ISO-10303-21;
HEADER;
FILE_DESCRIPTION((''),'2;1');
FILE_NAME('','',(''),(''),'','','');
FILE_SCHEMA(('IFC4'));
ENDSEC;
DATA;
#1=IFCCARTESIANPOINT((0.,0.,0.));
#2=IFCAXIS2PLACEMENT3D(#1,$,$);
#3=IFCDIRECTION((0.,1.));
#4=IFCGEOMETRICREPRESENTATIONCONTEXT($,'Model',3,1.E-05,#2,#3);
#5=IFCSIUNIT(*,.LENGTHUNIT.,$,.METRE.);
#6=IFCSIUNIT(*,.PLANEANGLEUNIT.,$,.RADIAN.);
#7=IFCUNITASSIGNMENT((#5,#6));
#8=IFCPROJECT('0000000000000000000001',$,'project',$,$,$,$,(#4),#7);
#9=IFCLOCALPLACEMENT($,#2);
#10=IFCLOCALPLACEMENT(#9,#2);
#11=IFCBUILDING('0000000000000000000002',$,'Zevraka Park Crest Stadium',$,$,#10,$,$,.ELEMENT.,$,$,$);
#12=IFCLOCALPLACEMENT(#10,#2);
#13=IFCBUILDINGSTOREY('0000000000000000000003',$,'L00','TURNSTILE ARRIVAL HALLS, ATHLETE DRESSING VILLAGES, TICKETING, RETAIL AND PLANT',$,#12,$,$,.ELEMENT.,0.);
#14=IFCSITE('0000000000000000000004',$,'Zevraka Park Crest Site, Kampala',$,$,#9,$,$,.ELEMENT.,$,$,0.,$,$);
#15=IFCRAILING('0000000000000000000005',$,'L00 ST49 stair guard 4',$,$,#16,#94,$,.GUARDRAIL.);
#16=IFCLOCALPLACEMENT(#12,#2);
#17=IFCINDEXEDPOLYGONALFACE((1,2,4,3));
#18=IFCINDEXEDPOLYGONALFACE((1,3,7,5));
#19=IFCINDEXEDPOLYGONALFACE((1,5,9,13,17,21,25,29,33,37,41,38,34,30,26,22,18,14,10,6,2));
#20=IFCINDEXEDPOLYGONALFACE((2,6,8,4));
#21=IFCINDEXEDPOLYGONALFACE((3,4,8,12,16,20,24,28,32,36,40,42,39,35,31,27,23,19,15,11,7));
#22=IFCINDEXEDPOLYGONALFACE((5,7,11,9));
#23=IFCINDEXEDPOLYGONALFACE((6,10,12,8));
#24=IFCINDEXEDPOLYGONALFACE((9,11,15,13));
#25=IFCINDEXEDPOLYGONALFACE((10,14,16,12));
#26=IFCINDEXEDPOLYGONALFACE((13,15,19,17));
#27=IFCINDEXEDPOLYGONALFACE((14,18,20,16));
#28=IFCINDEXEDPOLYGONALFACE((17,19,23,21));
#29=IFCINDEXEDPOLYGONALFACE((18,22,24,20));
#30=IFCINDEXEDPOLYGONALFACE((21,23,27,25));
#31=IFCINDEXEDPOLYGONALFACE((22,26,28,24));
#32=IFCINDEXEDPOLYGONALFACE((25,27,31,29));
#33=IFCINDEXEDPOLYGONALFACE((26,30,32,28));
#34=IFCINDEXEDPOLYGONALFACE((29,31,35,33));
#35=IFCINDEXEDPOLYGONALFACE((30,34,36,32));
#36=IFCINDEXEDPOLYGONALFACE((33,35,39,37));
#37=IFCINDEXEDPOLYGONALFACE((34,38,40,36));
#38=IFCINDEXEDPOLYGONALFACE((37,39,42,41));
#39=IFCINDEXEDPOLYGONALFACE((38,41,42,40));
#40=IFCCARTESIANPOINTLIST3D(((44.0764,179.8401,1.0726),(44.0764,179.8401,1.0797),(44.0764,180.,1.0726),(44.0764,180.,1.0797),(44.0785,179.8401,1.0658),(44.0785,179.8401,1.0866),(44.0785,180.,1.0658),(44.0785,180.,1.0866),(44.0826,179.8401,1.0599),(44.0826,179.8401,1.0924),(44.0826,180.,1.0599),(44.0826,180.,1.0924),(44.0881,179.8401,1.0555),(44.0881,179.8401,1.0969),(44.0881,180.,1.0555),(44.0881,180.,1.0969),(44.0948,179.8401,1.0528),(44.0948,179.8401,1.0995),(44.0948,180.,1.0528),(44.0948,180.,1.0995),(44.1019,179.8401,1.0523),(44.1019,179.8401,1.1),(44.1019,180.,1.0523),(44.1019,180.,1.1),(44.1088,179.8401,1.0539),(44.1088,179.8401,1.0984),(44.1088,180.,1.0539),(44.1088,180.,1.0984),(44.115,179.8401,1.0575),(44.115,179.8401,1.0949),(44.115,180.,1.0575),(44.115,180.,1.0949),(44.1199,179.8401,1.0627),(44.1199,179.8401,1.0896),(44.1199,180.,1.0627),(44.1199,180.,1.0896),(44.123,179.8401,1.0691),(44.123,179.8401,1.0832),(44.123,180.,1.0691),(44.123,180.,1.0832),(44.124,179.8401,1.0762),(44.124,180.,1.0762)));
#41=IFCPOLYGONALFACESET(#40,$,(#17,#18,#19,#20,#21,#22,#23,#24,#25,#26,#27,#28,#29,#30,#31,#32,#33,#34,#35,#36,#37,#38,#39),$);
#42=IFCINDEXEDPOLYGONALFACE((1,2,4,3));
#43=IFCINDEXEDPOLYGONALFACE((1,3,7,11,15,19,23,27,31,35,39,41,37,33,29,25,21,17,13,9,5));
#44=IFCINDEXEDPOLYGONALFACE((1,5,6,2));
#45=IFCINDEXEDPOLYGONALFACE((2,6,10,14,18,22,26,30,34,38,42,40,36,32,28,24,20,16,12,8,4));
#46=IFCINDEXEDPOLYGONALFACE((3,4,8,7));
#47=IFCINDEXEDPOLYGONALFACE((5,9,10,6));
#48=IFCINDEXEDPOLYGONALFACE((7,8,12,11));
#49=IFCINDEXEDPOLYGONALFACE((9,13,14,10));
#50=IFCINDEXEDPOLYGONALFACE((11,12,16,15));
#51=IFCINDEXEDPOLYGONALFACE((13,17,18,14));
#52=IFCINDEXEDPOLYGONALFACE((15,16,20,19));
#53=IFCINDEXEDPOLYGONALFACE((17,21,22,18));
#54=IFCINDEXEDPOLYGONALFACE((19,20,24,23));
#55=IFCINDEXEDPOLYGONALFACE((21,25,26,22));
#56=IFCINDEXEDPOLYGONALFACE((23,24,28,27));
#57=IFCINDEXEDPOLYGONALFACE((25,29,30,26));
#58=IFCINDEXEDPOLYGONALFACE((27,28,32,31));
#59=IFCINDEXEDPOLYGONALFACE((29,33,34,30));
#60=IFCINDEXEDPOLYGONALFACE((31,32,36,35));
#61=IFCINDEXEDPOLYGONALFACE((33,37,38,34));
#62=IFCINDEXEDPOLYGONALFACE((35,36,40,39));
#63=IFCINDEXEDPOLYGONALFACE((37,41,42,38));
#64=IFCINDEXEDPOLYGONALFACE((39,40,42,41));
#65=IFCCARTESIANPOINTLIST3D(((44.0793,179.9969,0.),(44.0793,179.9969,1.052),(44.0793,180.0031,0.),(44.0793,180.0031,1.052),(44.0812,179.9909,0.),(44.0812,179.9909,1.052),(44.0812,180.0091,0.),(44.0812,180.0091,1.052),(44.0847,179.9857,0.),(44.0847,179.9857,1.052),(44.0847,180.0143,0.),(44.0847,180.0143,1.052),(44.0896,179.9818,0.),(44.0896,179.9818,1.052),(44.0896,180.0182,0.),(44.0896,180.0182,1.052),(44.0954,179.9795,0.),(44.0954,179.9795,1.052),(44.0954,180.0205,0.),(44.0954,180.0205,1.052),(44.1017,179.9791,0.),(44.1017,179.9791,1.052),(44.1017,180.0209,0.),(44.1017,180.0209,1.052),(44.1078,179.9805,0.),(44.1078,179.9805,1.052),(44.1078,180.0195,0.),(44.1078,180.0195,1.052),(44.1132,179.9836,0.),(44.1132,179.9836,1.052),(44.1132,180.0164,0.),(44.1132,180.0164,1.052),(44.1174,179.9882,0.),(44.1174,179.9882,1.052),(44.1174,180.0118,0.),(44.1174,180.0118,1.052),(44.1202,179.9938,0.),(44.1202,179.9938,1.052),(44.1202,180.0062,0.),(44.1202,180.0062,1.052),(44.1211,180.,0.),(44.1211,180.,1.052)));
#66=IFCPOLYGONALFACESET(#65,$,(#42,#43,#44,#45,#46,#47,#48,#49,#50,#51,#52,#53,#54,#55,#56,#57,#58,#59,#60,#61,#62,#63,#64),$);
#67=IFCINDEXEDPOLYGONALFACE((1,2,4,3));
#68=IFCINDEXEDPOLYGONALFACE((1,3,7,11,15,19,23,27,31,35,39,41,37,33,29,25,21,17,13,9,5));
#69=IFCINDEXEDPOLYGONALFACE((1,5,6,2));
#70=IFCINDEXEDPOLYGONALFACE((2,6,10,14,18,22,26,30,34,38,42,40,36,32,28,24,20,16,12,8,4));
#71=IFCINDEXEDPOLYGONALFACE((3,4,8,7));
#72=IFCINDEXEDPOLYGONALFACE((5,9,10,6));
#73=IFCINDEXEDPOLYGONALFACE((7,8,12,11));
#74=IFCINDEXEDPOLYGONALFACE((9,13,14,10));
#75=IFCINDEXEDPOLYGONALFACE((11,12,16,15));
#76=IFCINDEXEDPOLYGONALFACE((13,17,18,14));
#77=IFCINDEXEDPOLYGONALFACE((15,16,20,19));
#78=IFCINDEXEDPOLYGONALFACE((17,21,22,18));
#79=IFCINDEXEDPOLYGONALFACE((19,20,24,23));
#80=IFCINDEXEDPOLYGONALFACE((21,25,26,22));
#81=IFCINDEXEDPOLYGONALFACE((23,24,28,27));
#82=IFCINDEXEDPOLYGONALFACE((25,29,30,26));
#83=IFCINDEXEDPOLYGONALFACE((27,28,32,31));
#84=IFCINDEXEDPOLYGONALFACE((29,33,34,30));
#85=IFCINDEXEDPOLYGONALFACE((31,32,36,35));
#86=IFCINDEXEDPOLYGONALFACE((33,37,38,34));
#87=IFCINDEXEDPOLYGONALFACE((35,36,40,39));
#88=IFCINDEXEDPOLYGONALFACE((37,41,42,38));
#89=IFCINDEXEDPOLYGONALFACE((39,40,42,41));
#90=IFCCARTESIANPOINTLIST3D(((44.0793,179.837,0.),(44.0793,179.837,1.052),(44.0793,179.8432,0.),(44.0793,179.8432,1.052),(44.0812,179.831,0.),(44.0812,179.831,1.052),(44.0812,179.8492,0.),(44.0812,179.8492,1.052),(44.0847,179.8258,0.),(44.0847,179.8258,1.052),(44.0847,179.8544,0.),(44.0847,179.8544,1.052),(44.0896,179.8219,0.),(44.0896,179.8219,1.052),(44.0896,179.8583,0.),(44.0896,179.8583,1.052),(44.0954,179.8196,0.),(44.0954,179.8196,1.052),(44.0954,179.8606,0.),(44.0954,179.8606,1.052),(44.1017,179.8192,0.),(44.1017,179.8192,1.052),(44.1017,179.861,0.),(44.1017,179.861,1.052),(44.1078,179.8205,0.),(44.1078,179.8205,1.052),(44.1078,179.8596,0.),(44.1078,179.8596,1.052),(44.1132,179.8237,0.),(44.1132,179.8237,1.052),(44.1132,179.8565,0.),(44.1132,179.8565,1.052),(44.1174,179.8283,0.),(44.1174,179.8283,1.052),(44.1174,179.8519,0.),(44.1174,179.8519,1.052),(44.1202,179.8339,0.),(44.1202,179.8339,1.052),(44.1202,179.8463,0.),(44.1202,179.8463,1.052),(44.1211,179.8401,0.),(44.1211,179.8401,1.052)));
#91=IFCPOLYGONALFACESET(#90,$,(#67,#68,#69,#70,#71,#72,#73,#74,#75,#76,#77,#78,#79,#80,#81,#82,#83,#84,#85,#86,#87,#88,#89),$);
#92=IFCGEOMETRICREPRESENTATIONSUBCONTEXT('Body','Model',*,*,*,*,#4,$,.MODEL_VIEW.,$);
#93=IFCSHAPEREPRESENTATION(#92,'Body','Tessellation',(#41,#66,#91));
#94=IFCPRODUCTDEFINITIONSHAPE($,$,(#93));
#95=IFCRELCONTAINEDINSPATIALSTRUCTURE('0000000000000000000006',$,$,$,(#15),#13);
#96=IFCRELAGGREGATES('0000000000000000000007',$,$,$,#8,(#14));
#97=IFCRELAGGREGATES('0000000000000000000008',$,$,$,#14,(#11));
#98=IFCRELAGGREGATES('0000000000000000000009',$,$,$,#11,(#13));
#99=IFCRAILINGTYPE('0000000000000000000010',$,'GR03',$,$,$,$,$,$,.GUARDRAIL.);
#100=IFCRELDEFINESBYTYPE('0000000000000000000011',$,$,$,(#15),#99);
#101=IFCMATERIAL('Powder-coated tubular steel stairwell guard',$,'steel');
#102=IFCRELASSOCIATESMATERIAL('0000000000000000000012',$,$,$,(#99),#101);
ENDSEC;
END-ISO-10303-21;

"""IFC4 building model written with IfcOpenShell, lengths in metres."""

from ifc_helpers import new_model, si_unit, direction, frame, origin, origin_2d, place, context, subcontext, project, spatial, circle, extrude, material, type_object, element, save


model = new_model("IFC4")

# Units and contexts
model_context = context("Model", 3, precision=1e-05, world=origin(), true_north=direction((0.0, 1.0)))
body_context = subcontext(model_context, "Body", "Model", "MODEL_VIEW")
ifc_project = project(units=[si_unit("LENGTHUNIT", "METRE"), si_unit("PLANEANGLEUNIT", "RADIAN")], contexts=[model_context])

# Site, building, storey
site_placement = place(None, origin())
site = spatial("IfcSite", under=ifc_project, at=site_placement, Name="Zevraka Park Crest Site, Kampala", CompositionType="ELEMENT", RefElevation=0.0)
building_placement = place(site_placement, origin())
building = spatial("IfcBuilding", under=site, at=building_placement, Name="Zevraka Park Crest Stadium", CompositionType="ELEMENT")
storey_placement = place(building_placement, origin())
storey = spatial("IfcBuildingStorey", under=building, at=storey_placement, Name="L00", Description="TURNSTILE ARRIVAL HALLS, ATHLETE DRESSING VILLAGES, TICKETING, RETAIL AND PLANT", CompositionType="ELEMENT", Elevation=0.0)

# Railing
ifc_material_1 = material(Name="Powder-coated tubular steel stairwell guard", Category="steel")
railing_type_1 = type_object("IfcRailingType", Name="GR03", PredefinedType="GUARDRAIL", material=ifc_material_1)
railing_1_placement = place(storey_placement, frame((44.1001, 180.0, 0.0)))
element("IfcRailing", 1, at=railing_1_placement, inside=storey, type_object=railing_type_1, Name="L00 ST49 stair guard 4", PredefinedType="GUARDRAIL", context=body_context, shape_type="SweptSolid", body=[
    extrude(circle(Radius=0.0239, at=origin_2d()), frame((0.0, 0.0, 1.0762), z_axis=(0.0, -1.0, 0.0), x_axis=(1.0, 0.0, 0.0)), (0.0, 0.0, 1.0), 0.1599),
    extrude(circle(Radius=0.021, at=origin_2d()), origin(), (0.0, 0.0, 1.0), 1.052),
    extrude(circle(Radius=0.021, at=origin_2d()), frame((0.0, -0.1599, 0.0)), (0.0, 0.0, 1.0), 1.052),
])

save(model, "model.ifc")
